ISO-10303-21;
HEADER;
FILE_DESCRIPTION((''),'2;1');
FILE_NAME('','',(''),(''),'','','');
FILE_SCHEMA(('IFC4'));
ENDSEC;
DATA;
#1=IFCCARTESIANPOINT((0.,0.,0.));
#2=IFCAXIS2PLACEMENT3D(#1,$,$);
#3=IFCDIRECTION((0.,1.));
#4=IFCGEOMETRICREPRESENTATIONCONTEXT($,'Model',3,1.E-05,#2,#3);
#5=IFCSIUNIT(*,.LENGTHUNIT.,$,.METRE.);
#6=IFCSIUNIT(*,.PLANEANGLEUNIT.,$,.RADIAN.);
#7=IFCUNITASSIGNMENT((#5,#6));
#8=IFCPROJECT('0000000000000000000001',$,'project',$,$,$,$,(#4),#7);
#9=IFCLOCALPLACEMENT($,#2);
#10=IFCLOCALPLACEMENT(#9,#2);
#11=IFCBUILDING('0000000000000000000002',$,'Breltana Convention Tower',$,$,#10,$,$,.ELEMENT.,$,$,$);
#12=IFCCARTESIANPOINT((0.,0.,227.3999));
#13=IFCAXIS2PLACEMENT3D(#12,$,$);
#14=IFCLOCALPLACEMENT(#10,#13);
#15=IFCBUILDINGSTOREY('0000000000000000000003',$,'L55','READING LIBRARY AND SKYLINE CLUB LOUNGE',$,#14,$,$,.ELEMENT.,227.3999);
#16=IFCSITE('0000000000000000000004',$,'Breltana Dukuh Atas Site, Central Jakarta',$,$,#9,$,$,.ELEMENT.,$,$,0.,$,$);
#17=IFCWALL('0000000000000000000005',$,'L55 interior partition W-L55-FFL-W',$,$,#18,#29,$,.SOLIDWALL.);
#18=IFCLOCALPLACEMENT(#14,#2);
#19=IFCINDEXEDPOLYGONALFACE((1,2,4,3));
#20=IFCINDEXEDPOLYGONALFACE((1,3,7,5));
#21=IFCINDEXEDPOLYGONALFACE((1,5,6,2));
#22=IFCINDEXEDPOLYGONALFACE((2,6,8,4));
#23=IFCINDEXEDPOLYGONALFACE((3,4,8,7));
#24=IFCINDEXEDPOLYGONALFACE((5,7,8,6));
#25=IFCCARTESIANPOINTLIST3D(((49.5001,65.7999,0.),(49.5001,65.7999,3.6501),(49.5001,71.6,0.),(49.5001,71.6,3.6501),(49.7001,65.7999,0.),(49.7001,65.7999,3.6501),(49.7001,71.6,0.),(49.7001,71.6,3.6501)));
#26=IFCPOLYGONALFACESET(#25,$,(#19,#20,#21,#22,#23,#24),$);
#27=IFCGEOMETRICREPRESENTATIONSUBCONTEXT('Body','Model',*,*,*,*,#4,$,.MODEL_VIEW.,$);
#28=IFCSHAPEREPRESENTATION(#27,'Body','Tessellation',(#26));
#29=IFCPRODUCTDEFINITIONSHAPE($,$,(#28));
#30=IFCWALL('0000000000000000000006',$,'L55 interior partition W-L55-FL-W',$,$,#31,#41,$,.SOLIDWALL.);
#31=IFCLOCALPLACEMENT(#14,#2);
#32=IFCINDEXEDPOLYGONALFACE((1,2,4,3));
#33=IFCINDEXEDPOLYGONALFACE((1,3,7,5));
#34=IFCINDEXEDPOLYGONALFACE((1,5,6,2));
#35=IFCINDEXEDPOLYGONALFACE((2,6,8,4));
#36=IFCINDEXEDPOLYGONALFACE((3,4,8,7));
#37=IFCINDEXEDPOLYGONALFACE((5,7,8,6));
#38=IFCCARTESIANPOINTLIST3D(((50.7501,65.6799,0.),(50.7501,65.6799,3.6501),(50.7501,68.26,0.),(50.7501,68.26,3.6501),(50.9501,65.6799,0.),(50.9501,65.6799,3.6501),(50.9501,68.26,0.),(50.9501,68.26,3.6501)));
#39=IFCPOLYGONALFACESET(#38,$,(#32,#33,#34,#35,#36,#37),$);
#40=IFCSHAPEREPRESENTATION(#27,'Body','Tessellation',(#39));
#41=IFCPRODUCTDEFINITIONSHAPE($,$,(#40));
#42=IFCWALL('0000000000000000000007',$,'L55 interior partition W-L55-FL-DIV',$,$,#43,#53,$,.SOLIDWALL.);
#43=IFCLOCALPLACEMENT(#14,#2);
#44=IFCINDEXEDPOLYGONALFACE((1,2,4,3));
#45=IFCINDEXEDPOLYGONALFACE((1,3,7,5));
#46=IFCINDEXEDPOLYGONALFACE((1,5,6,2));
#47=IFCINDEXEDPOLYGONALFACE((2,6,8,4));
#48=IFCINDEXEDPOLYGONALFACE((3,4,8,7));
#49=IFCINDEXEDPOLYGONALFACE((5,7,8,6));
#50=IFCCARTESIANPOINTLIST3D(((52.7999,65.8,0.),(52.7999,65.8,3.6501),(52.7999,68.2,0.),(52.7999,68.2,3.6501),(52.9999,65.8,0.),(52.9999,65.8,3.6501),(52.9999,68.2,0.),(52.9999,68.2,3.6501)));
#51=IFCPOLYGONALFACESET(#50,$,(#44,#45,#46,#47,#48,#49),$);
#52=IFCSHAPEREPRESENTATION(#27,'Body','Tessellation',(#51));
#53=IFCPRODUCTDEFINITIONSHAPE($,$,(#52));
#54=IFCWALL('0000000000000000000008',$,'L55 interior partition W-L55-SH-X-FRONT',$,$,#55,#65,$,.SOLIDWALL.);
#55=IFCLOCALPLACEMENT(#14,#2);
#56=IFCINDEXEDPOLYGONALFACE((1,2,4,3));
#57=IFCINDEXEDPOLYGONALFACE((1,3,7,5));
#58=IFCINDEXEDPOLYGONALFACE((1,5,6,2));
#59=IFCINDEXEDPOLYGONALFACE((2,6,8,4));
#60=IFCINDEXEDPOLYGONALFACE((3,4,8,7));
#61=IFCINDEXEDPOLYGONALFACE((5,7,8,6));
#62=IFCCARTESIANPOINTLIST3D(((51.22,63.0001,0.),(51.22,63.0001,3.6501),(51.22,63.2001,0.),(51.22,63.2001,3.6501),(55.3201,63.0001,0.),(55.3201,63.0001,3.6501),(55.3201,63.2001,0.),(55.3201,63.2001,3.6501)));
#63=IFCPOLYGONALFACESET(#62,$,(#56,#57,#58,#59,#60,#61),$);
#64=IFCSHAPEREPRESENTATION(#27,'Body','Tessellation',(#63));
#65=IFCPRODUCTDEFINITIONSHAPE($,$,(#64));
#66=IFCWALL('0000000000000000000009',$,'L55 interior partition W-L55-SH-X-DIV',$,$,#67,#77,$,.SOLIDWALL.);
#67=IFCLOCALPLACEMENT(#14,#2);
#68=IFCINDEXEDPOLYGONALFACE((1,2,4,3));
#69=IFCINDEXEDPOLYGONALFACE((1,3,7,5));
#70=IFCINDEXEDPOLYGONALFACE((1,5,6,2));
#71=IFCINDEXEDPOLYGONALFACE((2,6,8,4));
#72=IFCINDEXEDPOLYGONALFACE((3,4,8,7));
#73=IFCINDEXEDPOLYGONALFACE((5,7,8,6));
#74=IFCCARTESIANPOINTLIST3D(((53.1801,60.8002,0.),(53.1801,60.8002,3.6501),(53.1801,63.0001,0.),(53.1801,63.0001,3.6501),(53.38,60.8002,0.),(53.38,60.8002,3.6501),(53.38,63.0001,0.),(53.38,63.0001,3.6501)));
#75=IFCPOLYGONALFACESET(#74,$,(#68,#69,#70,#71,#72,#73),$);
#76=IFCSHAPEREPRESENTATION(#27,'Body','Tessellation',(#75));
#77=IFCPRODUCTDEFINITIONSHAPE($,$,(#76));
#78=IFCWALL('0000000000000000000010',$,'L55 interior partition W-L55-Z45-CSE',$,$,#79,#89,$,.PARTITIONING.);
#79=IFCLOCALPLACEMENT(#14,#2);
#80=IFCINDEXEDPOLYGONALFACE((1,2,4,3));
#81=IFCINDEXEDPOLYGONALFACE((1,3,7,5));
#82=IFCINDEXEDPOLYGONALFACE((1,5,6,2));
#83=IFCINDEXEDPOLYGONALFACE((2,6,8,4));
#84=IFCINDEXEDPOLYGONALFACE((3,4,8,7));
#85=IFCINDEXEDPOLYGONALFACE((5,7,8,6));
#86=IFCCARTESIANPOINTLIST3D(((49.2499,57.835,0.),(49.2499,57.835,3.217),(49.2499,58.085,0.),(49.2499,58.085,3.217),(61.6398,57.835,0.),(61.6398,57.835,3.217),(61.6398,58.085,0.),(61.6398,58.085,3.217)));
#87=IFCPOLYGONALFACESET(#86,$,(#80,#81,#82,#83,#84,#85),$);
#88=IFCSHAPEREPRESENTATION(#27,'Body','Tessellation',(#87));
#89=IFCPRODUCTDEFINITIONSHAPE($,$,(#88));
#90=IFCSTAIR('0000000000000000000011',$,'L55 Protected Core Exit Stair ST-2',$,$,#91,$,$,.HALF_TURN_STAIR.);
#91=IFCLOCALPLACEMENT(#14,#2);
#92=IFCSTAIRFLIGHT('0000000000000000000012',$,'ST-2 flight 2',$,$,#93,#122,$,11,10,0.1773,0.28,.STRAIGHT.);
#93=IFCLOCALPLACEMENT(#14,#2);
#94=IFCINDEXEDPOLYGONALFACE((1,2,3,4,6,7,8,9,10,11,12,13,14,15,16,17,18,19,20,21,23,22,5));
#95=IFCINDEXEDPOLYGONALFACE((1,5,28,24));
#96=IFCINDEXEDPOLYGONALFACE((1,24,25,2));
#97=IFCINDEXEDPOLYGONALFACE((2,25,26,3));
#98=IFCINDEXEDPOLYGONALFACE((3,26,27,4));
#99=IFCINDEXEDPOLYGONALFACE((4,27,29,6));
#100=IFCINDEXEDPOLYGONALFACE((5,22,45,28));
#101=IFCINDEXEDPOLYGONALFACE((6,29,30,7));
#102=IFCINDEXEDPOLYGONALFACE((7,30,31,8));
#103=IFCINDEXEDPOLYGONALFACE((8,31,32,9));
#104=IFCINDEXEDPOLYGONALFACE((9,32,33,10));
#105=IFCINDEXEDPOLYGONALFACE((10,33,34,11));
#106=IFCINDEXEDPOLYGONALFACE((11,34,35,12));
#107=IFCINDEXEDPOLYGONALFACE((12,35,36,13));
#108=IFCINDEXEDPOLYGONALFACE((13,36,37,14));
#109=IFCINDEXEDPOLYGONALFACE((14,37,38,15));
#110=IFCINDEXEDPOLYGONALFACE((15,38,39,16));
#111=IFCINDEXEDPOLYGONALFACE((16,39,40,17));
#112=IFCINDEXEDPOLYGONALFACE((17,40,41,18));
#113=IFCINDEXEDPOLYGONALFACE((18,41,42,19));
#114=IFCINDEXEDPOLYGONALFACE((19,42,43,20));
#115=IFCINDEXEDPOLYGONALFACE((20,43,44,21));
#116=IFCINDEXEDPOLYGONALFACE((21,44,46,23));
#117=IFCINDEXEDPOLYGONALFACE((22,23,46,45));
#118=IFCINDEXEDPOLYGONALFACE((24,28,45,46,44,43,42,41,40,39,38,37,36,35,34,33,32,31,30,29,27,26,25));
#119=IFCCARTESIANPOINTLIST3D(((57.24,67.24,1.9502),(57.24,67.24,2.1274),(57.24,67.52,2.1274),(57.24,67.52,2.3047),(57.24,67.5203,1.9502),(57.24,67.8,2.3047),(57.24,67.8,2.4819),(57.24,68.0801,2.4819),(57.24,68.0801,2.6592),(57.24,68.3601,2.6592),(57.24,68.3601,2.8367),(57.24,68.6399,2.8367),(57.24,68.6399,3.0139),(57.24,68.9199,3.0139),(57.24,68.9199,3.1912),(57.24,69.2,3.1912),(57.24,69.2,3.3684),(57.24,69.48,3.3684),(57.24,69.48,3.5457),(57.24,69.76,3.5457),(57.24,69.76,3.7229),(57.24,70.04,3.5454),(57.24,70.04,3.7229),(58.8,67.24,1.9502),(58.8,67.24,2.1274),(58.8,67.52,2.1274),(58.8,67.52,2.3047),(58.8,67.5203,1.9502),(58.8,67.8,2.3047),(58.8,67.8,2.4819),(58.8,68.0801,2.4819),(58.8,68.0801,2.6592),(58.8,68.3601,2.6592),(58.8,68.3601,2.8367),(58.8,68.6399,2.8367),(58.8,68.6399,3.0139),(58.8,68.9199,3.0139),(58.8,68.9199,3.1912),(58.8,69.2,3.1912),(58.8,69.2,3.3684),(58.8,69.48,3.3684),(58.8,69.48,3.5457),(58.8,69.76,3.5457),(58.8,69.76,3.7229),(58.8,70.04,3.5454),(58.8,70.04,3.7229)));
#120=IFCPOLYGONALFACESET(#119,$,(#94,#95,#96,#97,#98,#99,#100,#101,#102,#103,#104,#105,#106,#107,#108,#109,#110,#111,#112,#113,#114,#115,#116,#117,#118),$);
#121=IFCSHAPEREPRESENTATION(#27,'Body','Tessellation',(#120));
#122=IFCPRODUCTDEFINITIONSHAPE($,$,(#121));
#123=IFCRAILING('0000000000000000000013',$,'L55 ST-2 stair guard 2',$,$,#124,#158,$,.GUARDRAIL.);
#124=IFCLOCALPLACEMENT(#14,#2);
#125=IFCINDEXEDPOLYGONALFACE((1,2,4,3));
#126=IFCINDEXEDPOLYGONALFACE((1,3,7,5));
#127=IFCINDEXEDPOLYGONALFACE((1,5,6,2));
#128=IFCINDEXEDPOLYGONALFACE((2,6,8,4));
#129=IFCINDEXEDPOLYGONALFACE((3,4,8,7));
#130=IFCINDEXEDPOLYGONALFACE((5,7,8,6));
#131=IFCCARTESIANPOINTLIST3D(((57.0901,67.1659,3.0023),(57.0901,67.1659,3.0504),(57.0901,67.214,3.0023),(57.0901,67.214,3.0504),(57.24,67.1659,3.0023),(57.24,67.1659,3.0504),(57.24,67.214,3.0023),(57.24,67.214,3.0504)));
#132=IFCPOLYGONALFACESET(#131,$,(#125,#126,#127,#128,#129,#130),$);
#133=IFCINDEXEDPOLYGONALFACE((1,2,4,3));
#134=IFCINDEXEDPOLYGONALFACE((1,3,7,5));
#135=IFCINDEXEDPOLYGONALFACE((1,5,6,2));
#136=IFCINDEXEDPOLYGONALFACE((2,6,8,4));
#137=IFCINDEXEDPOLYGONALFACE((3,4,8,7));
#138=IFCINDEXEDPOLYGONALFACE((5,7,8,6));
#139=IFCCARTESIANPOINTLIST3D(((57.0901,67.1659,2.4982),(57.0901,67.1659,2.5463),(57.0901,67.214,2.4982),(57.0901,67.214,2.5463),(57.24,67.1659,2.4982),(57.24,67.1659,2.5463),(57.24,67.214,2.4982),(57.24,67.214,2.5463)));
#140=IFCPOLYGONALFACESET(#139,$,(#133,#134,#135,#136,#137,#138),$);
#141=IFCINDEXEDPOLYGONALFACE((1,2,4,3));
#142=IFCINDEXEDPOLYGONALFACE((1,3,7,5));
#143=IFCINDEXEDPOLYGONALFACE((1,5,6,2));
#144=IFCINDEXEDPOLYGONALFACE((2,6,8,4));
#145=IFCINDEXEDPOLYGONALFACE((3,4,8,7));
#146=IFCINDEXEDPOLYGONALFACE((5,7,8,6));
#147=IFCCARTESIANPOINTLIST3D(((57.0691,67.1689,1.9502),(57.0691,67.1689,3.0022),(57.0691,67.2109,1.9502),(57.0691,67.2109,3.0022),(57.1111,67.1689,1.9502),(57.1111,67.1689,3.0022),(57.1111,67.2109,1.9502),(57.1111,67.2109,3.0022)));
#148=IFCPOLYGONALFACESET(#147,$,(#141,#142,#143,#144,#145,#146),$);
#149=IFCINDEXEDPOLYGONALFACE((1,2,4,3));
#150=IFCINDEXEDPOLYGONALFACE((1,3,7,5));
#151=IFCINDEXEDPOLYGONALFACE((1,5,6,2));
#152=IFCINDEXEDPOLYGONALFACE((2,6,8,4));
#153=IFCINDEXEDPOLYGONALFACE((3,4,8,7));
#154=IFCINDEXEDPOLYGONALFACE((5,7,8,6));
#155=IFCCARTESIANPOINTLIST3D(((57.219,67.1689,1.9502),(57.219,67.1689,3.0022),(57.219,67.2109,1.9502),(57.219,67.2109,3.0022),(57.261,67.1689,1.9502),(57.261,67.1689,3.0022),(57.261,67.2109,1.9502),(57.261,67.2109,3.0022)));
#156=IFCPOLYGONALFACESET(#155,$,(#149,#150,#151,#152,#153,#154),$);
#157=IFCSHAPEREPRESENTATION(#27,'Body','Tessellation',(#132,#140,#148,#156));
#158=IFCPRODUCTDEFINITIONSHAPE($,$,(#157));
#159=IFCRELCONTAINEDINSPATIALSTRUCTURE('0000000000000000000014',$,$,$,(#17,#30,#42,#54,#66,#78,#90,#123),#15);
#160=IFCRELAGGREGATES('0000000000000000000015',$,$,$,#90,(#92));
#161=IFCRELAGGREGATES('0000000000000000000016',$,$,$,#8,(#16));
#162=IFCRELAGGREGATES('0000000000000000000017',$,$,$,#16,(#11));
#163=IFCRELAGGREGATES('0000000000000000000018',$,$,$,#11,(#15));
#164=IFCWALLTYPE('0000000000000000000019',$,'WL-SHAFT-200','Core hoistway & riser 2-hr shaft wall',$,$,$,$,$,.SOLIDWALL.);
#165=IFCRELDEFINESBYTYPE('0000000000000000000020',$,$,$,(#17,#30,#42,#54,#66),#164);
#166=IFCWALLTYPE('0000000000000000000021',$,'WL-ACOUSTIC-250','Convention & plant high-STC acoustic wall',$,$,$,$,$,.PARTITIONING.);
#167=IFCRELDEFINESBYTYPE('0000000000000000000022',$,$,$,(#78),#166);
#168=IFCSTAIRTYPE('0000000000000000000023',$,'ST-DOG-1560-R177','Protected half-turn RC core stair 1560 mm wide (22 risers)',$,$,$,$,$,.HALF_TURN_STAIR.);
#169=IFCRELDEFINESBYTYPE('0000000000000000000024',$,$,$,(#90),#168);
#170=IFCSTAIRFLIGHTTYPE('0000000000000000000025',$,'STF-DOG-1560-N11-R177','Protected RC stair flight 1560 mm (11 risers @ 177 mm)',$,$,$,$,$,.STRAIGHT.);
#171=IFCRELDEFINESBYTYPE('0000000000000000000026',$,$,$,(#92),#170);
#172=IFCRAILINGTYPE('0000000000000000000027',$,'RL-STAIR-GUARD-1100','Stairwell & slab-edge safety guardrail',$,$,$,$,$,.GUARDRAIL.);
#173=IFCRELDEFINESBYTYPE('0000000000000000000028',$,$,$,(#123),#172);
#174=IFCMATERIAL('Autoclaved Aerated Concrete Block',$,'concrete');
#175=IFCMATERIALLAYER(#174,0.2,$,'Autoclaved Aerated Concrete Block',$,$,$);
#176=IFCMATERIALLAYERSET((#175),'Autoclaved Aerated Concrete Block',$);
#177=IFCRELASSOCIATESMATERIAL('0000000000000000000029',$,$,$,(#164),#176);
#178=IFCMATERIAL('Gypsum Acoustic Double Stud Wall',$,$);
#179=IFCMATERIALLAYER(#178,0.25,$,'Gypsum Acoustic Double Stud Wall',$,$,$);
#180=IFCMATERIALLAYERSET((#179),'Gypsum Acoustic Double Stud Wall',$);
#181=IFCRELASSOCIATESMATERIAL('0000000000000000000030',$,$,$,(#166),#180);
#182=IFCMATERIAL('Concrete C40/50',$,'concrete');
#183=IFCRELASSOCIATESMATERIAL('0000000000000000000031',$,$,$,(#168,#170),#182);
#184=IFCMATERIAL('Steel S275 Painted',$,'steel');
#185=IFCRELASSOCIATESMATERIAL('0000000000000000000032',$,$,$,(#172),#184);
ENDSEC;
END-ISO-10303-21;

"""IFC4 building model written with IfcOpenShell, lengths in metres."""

from ifc_helpers import new_model, si_unit, direction, frame, frame_2d, origin, origin_2d, place, context, subcontext, project, spatial, polyline, rectangle, outline, extrude, source, transform, mapped, material, layer, layer_set, type_object, element, aggregate, save


model = new_model("IFC4")

# Units and contexts
model_context = context("Model", 3, precision=1e-05, world=origin(), true_north=direction((0.0, 1.0)))
body_context = subcontext(model_context, "Body", "Model", "MODEL_VIEW")
ifc_project = project(units=[si_unit("LENGTHUNIT", "METRE"), si_unit("PLANEANGLEUNIT", "RADIAN")], contexts=[model_context])

# Site, building, storey
site_placement = place(None, origin())
site = spatial("IfcSite", under=ifc_project, at=site_placement, Name="Breltana Dukuh Atas Site, Central Jakarta", CompositionType="ELEMENT", RefElevation=0.0)
building_placement = place(site_placement, origin())
building = spatial("IfcBuilding", under=site, at=building_placement, Name="Breltana Convention Tower", CompositionType="ELEMENT")
storey_placement = place(building_placement, frame((0.0, 0.0, 227.3999)))
storey = spatial("IfcBuildingStorey", under=building, at=storey_placement, Name="L55", Description="READING LIBRARY AND SKYLINE CLUB LOUNGE", CompositionType="ELEMENT", Elevation=227.3999)

# Walls
ifc_material_1 = material(Name="Autoclaved Aerated Concrete Block", Category="concrete")
ifc_layer_1 = layer(ifc_material_1, 0.2, Name="Autoclaved Aerated Concrete Block")
ifc_layer_set_1 = layer_set([ifc_layer_1], Name="Autoclaved Aerated Concrete Block")
wall_type_1 = type_object("IfcWallType", Name="WL-SHAFT-200", Description="Core hoistway & riser 2-hr shaft wall", PredefinedType="SOLIDWALL", material=ifc_layer_set_1)
shared_shape_1 = source(origin(), body_context, "Body", "SweptSolid", [
    extrude(rectangle(XDim=5.8, YDim=0.2, at=frame_2d((2.8999, 0.0))), origin(), (0.0, 0.0, 1.0), 3.6501),
])
wall_1_placement = place(storey_placement, frame((49.6001, 65.8, 0.0), z_axis=(0.0, 0.0, 1.0), x_axis=(0.0, 1.0, 0.0)))
element("IfcWall", 1, at=wall_1_placement, inside=storey, type_object=wall_type_1, Name="L55 interior partition W-L55-FFL-W", PredefinedType="SOLIDWALL", context=body_context, shape_type="MappedRepresentation", body=[
    mapped(shared_shape_1, transform((0.0, 0.0, 0.0), scale=1.0)),
])
shared_shape_2 = source(origin(), body_context, "Body", "SweptSolid", [
    extrude(rectangle(XDim=2.5801, YDim=0.2, at=frame_2d((1.29, 0.0))), origin(), (0.0, 0.0, 1.0), 3.6501),
])
wall_2_placement = place(storey_placement, frame((50.8501, 65.6799, 0.0), z_axis=(0.0, 0.0, 1.0), x_axis=(0.0, 1.0, 0.0)))
element("IfcWall", 2, at=wall_2_placement, inside=storey, type_object=wall_type_1, Name="L55 interior partition W-L55-FL-W", PredefinedType="SOLIDWALL", context=body_context, shape_type="MappedRepresentation", body=[
    mapped(shared_shape_2, transform((0.0, 0.0, 0.0), scale=1.0)),
])
shared_shape_3 = source(origin(), body_context, "Body", "SweptSolid", [
    extrude(rectangle(XDim=2.3999, YDim=0.2, at=frame_2d((1.2, 0.0))), origin(), (0.0, 0.0, 1.0), 3.6501),
])
wall_3_placement = place(storey_placement, frame((52.8999, 65.8, 0.0), z_axis=(0.0, 0.0, 1.0), x_axis=(0.0, 1.0, 0.0)))
element("IfcWall", 3, at=wall_3_placement, inside=storey, type_object=wall_type_1, Name="L55 interior partition W-L55-FL-DIV", PredefinedType="SOLIDWALL", context=body_context, shape_type="MappedRepresentation", body=[
    mapped(shared_shape_3, transform((0.0, 0.0, 0.0), scale=1.0)),
])
shared_shape_4 = source(origin(), body_context, "Body", "SweptSolid", [
    extrude(rectangle(XDim=4.1001, YDim=0.2, at=frame_2d((2.05, 0.0))), origin(), (0.0, 0.0, 1.0), 3.6501),
])
wall_4_placement = place(storey_placement, frame((51.22, 63.1001, 0.0), z_axis=(0.0, 0.0, 1.0), x_axis=(1.0, 0.0, 0.0)))
element("IfcWall", 4, at=wall_4_placement, inside=storey, type_object=wall_type_1, Name="L55 interior partition W-L55-SH-X-FRONT", PredefinedType="SOLIDWALL", context=body_context, shape_type="MappedRepresentation", body=[
    mapped(shared_shape_4, transform((0.0, 0.0, 0.0), scale=1.0)),
])
shared_shape_5 = source(origin(), body_context, "Body", "SweptSolid", [
    extrude(rectangle(XDim=2.2, YDim=0.2, at=frame_2d((1.1001, 0.0))), origin(), (0.0, 0.0, 1.0), 3.6501),
])
wall_5_placement = place(storey_placement, frame((53.28, 60.8, 0.0), z_axis=(0.0, 0.0, 1.0), x_axis=(0.0, 1.0, 0.0)))
element("IfcWall", 5, at=wall_5_placement, inside=storey, type_object=wall_type_1, Name="L55 interior partition W-L55-SH-X-DIV", PredefinedType="SOLIDWALL", context=body_context, shape_type="MappedRepresentation", body=[
    mapped(shared_shape_5, transform((0.0, 0.0, 0.0), scale=1.0)),
])
ifc_material_2 = material(Name="Gypsum Acoustic Double Stud Wall")
ifc_layer_2 = layer(ifc_material_2, 0.25, Name="Gypsum Acoustic Double Stud Wall")
ifc_layer_set_2 = layer_set([ifc_layer_2], Name="Gypsum Acoustic Double Stud Wall")
wall_type_2 = type_object("IfcWallType", Name="WL-ACOUSTIC-250", Description="Convention & plant high-STC acoustic wall", PredefinedType="PARTITIONING", material=ifc_layer_set_2)
shared_shape_6 = source(origin(), body_context, "Body", "SweptSolid", [
    extrude(rectangle(XDim=12.3899, YDim=0.25, at=frame_2d((6.1948, 0.0))), origin(), (0.0, 0.0, 1.0), 3.217),
])
wall_6_placement = place(storey_placement, frame((49.25, 57.96, 0.0), z_axis=(0.0, 0.0, 1.0), x_axis=(1.0, 0.0, 0.0)))
element("IfcWall", 6, at=wall_6_placement, inside=storey, type_object=wall_type_2, Name="L55 interior partition W-L55-Z45-CSE", PredefinedType="PARTITIONING", context=body_context, shape_type="MappedRepresentation", body=[
    mapped(shared_shape_6, transform((0.0, 0.0, 0.0), scale=1.0)),
])

# Stair, stair flight
ifc_material_3 = material(Name="Concrete C40/50", Category="concrete")
stair_type = type_object("IfcStairType", Name="ST-DOG-1560-R177", Description="Protected half-turn RC core stair 1560 mm wide (22 risers)", PredefinedType="HALF_TURN_STAIR", material=ifc_material_3)
stair_placement = place(storey_placement, origin())
stair = element("IfcStair", 7, at=stair_placement, inside=storey, type_object=stair_type, Name="L55 Protected Core Exit Stair ST-2", PredefinedType="HALF_TURN_STAIR")
stair_flight_type = type_object("IfcStairFlightType", Name="STF-DOG-1560-N11-R177", Description="Protected RC stair flight 1560 mm (11 risers @ 177 mm)", PredefinedType="STRAIGHT", material=ifc_material_3)
stair_flight_placement = place(storey_placement, frame((58.02, 67.24, 1.9502), z_axis=(0.0, 0.0, 1.0), x_axis=(0.0, 1.0, 0.0)))
stair_flight = element("IfcStairFlight", 8, at=stair_flight_placement, type_object=stair_flight_type, Name="ST-2 flight 2", NumberOfRisers=11, NumberOfTreads=10, PredefinedType="STRAIGHT", RiserHeight=0.1773, TreadLength=0.28, context=body_context, shape_type="SweptSolid", body=[
    extrude(outline(polyline([(0.0, 0.0), (0.0, 0.1772), (0.28, 0.1772), (0.28, 0.3545), (0.5601, 0.3545), (0.5601, 0.5317), (0.8401, 0.5317), (0.8401, 0.709), (1.1201, 0.709), (1.1201, 0.8865), (1.3999, 0.8865), (1.3999, 1.0637), (1.6799, 1.0637), (1.6799, 1.241), (1.96, 1.241), (1.96, 1.4182), (2.24, 1.4182), (2.24, 1.5955), (2.52, 1.5955), (2.52, 1.7727), (2.8, 1.7727), (2.8, 1.95), (2.8, 1.5952), (0.2803, 0.0), (0.0, 0.0)])), frame((0.0, 0.78, 0.0), z_axis=(0.0, -1.0, 0.0), x_axis=(1.0, 0.0, 0.0)), (0.0, 0.0, 1.0), 1.5601),
])
aggregate(stair, [stair_flight])

# Railing
ifc_material_4 = material(Name="Steel S275 Painted", Category="steel")
railing_type = type_object("IfcRailingType", Name="RL-STAIR-GUARD-1100", Description="Stairwell & slab-edge safety guardrail", PredefinedType="GUARDRAIL", material=ifc_material_4)
railing_1_placement = place(storey_placement, frame((57.0901, 67.1899, 1.9502)))
element("IfcRailing", 9, at=railing_1_placement, inside=storey, type_object=railing_type, Name="L55 ST-2 stair guard 2", PredefinedType="GUARDRAIL", context=body_context, shape_type="SweptSolid", body=[
    extrude(rectangle(XDim=0.0481, YDim=0.0481, at=origin_2d()), frame((0.0, 0.0, 1.0762), z_axis=(1.0, 0.0, 0.0), x_axis=(0.0, 1.0, 0.0)), (0.0, 0.0, 1.0), 0.1499),
    extrude(rectangle(XDim=0.0481, YDim=0.0481, at=origin_2d()), frame((0.0, 0.0, 0.572), z_axis=(1.0, 0.0, 0.0), x_axis=(0.0, 1.0, 0.0)), (0.0, 0.0, 1.0), 0.1499),
    extrude(rectangle(XDim=0.042, YDim=0.042, at=origin_2d()), origin(), (0.0, 0.0, 1.0), 1.052),
    extrude(rectangle(XDim=0.042, YDim=0.042, at=origin_2d()), frame((0.1499, 0.0, 0.0)), (0.0, 0.0, 1.0), 1.052),
])

save(model, "model.ifc")
